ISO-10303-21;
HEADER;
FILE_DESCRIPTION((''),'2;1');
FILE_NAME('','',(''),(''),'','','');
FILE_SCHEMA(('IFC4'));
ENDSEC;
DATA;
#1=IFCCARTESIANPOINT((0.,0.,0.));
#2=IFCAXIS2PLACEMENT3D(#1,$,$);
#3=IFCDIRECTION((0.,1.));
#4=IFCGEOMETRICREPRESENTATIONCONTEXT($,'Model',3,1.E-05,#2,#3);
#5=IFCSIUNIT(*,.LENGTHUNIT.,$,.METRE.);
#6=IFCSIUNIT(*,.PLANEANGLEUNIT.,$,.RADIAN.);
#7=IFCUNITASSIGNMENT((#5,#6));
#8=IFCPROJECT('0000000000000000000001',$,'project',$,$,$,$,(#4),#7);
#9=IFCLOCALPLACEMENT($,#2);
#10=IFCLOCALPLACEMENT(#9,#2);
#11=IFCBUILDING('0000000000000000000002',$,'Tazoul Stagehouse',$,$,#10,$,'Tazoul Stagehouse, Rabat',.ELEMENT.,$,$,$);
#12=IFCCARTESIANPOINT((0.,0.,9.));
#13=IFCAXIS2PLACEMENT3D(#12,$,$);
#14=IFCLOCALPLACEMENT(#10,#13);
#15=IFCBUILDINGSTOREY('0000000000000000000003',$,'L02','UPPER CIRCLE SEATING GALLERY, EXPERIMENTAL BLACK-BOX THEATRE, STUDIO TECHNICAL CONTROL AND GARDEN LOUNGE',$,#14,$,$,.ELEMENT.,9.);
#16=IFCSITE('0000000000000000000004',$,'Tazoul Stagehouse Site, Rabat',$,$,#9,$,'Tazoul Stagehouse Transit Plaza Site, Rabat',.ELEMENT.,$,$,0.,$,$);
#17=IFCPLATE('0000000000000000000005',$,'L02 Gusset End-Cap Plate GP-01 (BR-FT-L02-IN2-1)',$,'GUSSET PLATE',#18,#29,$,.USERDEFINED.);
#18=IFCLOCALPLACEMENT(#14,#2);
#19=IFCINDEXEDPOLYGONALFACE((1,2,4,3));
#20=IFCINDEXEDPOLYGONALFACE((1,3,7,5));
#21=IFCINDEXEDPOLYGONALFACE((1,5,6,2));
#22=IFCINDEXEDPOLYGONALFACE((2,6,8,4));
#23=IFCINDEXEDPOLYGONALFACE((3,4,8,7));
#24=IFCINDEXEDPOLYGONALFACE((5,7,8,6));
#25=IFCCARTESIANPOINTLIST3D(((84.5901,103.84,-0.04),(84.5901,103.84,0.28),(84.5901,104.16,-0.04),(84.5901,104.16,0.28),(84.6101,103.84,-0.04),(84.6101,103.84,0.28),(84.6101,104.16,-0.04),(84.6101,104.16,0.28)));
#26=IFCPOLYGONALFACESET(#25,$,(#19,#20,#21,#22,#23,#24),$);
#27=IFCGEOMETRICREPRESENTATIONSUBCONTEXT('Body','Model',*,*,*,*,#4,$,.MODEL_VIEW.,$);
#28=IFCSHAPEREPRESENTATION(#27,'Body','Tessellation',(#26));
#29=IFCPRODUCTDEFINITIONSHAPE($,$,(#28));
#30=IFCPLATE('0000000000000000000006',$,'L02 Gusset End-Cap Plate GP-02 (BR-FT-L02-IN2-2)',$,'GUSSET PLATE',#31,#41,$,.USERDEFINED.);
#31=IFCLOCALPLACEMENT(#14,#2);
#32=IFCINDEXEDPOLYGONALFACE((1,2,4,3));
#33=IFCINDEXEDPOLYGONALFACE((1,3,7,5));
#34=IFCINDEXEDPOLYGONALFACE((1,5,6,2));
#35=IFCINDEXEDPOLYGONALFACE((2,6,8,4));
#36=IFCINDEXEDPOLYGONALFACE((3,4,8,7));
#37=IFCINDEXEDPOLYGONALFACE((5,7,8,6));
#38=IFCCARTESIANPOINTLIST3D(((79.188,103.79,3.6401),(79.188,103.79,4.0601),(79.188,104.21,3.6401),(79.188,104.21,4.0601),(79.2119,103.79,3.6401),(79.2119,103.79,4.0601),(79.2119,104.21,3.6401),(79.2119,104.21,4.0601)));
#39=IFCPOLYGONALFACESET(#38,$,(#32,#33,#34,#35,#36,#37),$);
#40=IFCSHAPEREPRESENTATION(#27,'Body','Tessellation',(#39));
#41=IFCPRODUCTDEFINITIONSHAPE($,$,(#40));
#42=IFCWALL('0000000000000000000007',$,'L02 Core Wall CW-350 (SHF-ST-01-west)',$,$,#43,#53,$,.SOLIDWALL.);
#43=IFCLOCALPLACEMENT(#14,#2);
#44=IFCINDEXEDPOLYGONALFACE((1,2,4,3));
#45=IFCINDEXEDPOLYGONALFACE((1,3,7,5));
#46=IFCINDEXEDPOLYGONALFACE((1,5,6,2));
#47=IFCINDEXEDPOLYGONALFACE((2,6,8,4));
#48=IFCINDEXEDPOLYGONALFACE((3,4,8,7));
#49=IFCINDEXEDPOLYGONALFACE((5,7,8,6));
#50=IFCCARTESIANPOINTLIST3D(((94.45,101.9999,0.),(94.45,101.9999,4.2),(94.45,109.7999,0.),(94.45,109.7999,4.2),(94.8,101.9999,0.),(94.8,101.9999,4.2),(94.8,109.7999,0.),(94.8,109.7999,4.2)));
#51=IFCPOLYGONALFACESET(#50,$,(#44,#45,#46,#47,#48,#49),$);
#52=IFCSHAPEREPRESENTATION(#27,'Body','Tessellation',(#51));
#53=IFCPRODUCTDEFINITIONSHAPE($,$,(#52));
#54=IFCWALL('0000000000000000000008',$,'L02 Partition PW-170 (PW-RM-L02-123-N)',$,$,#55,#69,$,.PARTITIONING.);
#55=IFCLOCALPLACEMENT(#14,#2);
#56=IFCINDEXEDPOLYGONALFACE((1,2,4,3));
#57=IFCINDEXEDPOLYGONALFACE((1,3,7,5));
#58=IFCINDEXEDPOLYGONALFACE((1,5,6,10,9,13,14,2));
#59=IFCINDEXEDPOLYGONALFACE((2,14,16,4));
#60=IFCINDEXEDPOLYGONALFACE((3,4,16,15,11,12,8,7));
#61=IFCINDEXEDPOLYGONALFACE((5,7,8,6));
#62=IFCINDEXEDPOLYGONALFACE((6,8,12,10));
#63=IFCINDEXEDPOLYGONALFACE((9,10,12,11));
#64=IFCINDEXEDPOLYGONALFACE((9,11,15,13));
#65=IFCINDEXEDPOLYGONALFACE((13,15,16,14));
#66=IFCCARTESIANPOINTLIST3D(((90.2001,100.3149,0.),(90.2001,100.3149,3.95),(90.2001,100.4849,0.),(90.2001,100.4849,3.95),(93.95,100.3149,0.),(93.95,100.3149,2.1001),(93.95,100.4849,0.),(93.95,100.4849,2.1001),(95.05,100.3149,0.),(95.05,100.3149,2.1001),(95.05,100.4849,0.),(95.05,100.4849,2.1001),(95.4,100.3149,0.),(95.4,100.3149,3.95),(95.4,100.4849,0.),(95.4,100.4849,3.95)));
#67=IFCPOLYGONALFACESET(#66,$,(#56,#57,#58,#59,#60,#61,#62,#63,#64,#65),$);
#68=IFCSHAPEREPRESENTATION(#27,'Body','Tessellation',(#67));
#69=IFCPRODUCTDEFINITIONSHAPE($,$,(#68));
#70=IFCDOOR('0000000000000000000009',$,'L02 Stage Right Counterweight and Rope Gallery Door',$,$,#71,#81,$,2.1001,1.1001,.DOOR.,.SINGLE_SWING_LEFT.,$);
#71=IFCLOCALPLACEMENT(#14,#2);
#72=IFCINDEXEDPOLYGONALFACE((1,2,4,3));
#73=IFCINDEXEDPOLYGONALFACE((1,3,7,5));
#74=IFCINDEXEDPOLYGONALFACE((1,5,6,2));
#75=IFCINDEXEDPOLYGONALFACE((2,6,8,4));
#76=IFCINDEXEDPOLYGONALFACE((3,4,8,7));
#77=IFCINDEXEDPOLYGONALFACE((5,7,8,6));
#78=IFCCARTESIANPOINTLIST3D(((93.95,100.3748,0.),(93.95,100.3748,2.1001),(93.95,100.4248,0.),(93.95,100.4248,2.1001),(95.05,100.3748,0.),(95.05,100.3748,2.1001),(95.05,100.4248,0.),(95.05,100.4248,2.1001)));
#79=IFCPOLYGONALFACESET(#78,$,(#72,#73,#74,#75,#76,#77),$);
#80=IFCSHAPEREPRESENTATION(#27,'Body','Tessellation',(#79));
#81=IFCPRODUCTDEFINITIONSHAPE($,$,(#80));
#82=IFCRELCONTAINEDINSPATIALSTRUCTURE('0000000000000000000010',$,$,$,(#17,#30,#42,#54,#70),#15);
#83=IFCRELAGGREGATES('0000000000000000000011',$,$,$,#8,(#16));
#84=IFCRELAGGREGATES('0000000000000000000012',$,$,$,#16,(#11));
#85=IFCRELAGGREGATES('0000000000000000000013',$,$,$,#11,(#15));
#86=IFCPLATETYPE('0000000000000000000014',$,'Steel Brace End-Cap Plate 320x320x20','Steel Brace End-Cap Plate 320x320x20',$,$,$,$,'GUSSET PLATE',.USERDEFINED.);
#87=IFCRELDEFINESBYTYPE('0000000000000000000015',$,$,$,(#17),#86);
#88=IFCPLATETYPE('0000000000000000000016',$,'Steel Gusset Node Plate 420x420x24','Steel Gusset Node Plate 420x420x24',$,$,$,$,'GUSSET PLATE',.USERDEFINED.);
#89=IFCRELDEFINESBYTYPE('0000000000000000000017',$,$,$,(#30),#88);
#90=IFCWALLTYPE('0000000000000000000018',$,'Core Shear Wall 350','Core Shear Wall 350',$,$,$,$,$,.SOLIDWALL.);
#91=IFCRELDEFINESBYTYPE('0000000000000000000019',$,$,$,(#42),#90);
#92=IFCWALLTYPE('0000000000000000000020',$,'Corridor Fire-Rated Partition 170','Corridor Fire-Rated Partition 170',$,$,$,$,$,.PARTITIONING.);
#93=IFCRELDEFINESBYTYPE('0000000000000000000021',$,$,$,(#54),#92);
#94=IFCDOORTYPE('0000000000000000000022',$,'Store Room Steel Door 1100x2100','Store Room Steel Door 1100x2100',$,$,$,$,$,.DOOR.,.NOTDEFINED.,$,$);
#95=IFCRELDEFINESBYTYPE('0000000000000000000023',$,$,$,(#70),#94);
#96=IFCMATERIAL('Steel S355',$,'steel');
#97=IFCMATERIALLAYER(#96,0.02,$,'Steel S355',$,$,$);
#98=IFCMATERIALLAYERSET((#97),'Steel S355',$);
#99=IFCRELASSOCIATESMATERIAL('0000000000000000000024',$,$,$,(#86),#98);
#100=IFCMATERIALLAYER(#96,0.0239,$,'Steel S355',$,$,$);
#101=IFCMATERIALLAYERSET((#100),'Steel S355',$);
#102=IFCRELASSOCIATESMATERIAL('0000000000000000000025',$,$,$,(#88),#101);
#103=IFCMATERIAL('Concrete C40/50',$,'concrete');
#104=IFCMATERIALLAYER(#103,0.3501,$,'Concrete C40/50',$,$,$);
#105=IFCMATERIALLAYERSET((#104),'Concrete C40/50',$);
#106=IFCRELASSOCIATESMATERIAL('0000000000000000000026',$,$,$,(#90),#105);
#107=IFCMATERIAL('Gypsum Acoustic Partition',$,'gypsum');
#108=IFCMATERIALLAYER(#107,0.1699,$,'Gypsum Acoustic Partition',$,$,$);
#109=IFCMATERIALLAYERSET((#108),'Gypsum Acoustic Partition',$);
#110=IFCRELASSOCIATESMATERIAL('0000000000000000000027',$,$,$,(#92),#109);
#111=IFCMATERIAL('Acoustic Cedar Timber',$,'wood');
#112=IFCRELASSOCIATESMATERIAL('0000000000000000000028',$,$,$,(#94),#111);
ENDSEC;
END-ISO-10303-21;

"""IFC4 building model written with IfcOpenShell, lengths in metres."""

from ifc_helpers import new_model, si_unit, direction, frame, frame_2d, origin, origin_2d, place, context, subcontext, project, spatial, rectangle, extrude, material, layer, layer_set, type_object, element, fill, save


model = new_model("IFC4")

# Units and contexts
model_context = context("Model", 3, precision=1e-05, world=origin(), true_north=direction((0.0, 1.0)))
body_context = subcontext(model_context, "Body", "Model", "MODEL_VIEW")
ifc_project = project(units=[si_unit("LENGTHUNIT", "METRE"), si_unit("PLANEANGLEUNIT", "RADIAN")], contexts=[model_context])

# Site, building, storey
site_placement = place(None, origin())
site = spatial("IfcSite", under=ifc_project, at=site_placement, Name="Tazoul Stagehouse Site, Rabat", LongName="Tazoul Stagehouse Transit Plaza Site, Rabat", CompositionType="ELEMENT", RefElevation=0.0)
building_placement = place(site_placement, origin())
building = spatial("IfcBuilding", under=site, at=building_placement, Name="Tazoul Stagehouse", LongName="Tazoul Stagehouse, Rabat", CompositionType="ELEMENT")
storey_placement = place(building_placement, frame((0.0, 0.0, 9.0)))
storey = spatial("IfcBuildingStorey", under=building, at=storey_placement, Name="L02", Description="UPPER CIRCLE SEATING GALLERY, EXPERIMENTAL BLACK-BOX THEATRE, STUDIO TECHNICAL CONTROL AND GARDEN LOUNGE", CompositionType="ELEMENT", Elevation=9.0)

# Shared definitions
ifc_material_1 = material(Name="Steel S355", Category="steel")

# Shared definitions
ifc_material_2 = material(Name="Concrete C40/50", Category="concrete")

# Plates
ifc_layer_1 = layer(ifc_material_1, 0.02, Name="Steel S355")
ifc_layer_set_1 = layer_set([ifc_layer_1], Name="Steel S355")
plate_type_1 = type_object("IfcPlateType", Name="Steel Brace End-Cap Plate 320x320x20", Description="Steel Brace End-Cap Plate 320x320x20", ElementType="GUSSET PLATE", PredefinedType="USERDEFINED", material=ifc_layer_set_1)
plate_1_placement = place(storey_placement, frame((84.6001, 104.0, -0.04), z_axis=(0.0, 0.0, 1.0), x_axis=(-1.0, 0.0, 0.0)))
element("IfcPlate", 1, at=plate_1_placement, inside=storey, type_object=plate_type_1, Name="L02 Gusset End-Cap Plate GP-01 (BR-FT-L02-IN2-1)", ObjectType="GUSSET PLATE", PredefinedType="USERDEFINED", context=body_context, shape_type="SweptSolid", body=[
    extrude(rectangle(XDim=0.02, YDim=0.3201, at=origin_2d()), origin(), (0.0, 0.0, 1.0), 0.3201),
])
ifc_layer_2 = layer(ifc_material_1, 0.0239, Name="Steel S355")
ifc_layer_set_2 = layer_set([ifc_layer_2], Name="Steel S355")
plate_type_2 = type_object("IfcPlateType", Name="Steel Gusset Node Plate 420x420x24", Description="Steel Gusset Node Plate 420x420x24", ElementType="GUSSET PLATE", PredefinedType="USERDEFINED", material=ifc_layer_set_2)
plate_2_placement = place(storey_placement, frame((79.2, 104.0, 3.6401), z_axis=(0.0, 0.0, 1.0), x_axis=(-1.0, 0.0, 0.0)))
element("IfcPlate", 2, at=plate_2_placement, inside=storey, type_object=plate_type_2, Name="L02 Gusset End-Cap Plate GP-02 (BR-FT-L02-IN2-2)", ObjectType="GUSSET PLATE", PredefinedType="USERDEFINED", context=body_context, shape_type="SweptSolid", body=[
    extrude(rectangle(XDim=0.0239, YDim=0.4199, at=origin_2d()), origin(), (0.0, 0.0, 1.0), 0.4199),
])

# Wall
ifc_layer_3 = layer(ifc_material_2, 0.3501, Name="Concrete C40/50")
ifc_layer_set_3 = layer_set([ifc_layer_3], Name="Concrete C40/50")
wall_type_1 = type_object("IfcWallType", Name="Core Shear Wall 350", Description="Core Shear Wall 350", PredefinedType="SOLIDWALL", material=ifc_layer_set_3)
wall_1_placement = place(storey_placement, frame((94.625, 102.0, 0.0), z_axis=(0.0, 0.0, 1.0), x_axis=(0.0, 1.0, 0.0)))
element("IfcWall", 3, at=wall_1_placement, inside=storey, type_object=wall_type_1, Name="L02 Core Wall CW-350 (SHF-ST-01-west)", PredefinedType="SOLIDWALL", context=body_context, shape_type="SweptSolid", body=[
    extrude(rectangle(XDim=7.8, YDim=0.3501, at=frame_2d((3.8999, 0.0))), origin(), (0.0, 0.0, 1.0), 4.2),
])

# Wall, opening, door
ifc_material_3 = material(Name="Gypsum Acoustic Partition", Category="gypsum")
ifc_layer_4 = layer(ifc_material_3, 0.1699, Name="Gypsum Acoustic Partition")
ifc_layer_set_4 = layer_set([ifc_layer_4], Name="Gypsum Acoustic Partition")
wall_type_2 = type_object("IfcWallType", Name="Corridor Fire-Rated Partition 170", Description="Corridor Fire-Rated Partition 170", PredefinedType="PARTITIONING", material=ifc_layer_set_4)
wall_2_placement = place(storey_placement, frame((90.2, 100.3999, 0.0), z_axis=(0.0, 0.0, 1.0), x_axis=(1.0, 0.0, 0.0)))
wall_2 = element("IfcWall", 4, at=wall_2_placement, inside=storey, type_object=wall_type_2, Name="L02 Partition PW-170 (PW-RM-L02-123-N)", PredefinedType="PARTITIONING", context=body_context, shape_type="SweptSolid", body=[
    extrude(rectangle(XDim=5.2, YDim=0.1699, at=frame_2d((2.6001, 0.0))), origin(), (0.0, 0.0, 1.0), 3.95),
])
opening_placement = place(wall_2_placement, frame((3.75, 0.0, 0.0)))
opening = element("IfcOpeningElement", 5, at=opening_placement, cuts=wall_2, PredefinedType="OPENING", context=body_context, shape_type="SweptSolid", body=[
    extrude(rectangle(XDim=1.1001, YDim=2.1001, at=frame_2d((0.55, 1.05))), frame((0.0, 0.105, 0.0), z_axis=(0.0, -1.0, 0.0), x_axis=(1.0, 0.0, 0.0)), (0.0, 0.0, 1.0), 0.21),
])
ifc_material_4 = material(Name="Acoustic Cedar Timber", Category="wood")
door_type = type_object("IfcDoorType", Name="Store Room Steel Door 1100x2100", Description="Store Room Steel Door 1100x2100", OperationType="NOTDEFINED", PredefinedType="DOOR", material=ifc_material_4)
door_placement = place(opening_placement, origin())
door = element("IfcDoor", 6, at=door_placement, inside=storey, type_object=door_type, Name="L02 Stage Right Counterweight and Rope Gallery Door", OperationType="SINGLE_SWING_LEFT", OverallHeight=2.1001, OverallWidth=1.1001, PredefinedType="DOOR", context=body_context, shape_type="SweptSolid", body=[
    extrude(rectangle(XDim=1.1001, YDim=2.1001, at=frame_2d((0.55, 1.05))), frame((0.0, 0.0249, 0.0), z_axis=(0.0, -1.0, 0.0), x_axis=(1.0, 0.0, 0.0)), (0.0, 0.0, 1.0), 0.05),
])
fill(opening, door)

save(model, "model.ifc")
